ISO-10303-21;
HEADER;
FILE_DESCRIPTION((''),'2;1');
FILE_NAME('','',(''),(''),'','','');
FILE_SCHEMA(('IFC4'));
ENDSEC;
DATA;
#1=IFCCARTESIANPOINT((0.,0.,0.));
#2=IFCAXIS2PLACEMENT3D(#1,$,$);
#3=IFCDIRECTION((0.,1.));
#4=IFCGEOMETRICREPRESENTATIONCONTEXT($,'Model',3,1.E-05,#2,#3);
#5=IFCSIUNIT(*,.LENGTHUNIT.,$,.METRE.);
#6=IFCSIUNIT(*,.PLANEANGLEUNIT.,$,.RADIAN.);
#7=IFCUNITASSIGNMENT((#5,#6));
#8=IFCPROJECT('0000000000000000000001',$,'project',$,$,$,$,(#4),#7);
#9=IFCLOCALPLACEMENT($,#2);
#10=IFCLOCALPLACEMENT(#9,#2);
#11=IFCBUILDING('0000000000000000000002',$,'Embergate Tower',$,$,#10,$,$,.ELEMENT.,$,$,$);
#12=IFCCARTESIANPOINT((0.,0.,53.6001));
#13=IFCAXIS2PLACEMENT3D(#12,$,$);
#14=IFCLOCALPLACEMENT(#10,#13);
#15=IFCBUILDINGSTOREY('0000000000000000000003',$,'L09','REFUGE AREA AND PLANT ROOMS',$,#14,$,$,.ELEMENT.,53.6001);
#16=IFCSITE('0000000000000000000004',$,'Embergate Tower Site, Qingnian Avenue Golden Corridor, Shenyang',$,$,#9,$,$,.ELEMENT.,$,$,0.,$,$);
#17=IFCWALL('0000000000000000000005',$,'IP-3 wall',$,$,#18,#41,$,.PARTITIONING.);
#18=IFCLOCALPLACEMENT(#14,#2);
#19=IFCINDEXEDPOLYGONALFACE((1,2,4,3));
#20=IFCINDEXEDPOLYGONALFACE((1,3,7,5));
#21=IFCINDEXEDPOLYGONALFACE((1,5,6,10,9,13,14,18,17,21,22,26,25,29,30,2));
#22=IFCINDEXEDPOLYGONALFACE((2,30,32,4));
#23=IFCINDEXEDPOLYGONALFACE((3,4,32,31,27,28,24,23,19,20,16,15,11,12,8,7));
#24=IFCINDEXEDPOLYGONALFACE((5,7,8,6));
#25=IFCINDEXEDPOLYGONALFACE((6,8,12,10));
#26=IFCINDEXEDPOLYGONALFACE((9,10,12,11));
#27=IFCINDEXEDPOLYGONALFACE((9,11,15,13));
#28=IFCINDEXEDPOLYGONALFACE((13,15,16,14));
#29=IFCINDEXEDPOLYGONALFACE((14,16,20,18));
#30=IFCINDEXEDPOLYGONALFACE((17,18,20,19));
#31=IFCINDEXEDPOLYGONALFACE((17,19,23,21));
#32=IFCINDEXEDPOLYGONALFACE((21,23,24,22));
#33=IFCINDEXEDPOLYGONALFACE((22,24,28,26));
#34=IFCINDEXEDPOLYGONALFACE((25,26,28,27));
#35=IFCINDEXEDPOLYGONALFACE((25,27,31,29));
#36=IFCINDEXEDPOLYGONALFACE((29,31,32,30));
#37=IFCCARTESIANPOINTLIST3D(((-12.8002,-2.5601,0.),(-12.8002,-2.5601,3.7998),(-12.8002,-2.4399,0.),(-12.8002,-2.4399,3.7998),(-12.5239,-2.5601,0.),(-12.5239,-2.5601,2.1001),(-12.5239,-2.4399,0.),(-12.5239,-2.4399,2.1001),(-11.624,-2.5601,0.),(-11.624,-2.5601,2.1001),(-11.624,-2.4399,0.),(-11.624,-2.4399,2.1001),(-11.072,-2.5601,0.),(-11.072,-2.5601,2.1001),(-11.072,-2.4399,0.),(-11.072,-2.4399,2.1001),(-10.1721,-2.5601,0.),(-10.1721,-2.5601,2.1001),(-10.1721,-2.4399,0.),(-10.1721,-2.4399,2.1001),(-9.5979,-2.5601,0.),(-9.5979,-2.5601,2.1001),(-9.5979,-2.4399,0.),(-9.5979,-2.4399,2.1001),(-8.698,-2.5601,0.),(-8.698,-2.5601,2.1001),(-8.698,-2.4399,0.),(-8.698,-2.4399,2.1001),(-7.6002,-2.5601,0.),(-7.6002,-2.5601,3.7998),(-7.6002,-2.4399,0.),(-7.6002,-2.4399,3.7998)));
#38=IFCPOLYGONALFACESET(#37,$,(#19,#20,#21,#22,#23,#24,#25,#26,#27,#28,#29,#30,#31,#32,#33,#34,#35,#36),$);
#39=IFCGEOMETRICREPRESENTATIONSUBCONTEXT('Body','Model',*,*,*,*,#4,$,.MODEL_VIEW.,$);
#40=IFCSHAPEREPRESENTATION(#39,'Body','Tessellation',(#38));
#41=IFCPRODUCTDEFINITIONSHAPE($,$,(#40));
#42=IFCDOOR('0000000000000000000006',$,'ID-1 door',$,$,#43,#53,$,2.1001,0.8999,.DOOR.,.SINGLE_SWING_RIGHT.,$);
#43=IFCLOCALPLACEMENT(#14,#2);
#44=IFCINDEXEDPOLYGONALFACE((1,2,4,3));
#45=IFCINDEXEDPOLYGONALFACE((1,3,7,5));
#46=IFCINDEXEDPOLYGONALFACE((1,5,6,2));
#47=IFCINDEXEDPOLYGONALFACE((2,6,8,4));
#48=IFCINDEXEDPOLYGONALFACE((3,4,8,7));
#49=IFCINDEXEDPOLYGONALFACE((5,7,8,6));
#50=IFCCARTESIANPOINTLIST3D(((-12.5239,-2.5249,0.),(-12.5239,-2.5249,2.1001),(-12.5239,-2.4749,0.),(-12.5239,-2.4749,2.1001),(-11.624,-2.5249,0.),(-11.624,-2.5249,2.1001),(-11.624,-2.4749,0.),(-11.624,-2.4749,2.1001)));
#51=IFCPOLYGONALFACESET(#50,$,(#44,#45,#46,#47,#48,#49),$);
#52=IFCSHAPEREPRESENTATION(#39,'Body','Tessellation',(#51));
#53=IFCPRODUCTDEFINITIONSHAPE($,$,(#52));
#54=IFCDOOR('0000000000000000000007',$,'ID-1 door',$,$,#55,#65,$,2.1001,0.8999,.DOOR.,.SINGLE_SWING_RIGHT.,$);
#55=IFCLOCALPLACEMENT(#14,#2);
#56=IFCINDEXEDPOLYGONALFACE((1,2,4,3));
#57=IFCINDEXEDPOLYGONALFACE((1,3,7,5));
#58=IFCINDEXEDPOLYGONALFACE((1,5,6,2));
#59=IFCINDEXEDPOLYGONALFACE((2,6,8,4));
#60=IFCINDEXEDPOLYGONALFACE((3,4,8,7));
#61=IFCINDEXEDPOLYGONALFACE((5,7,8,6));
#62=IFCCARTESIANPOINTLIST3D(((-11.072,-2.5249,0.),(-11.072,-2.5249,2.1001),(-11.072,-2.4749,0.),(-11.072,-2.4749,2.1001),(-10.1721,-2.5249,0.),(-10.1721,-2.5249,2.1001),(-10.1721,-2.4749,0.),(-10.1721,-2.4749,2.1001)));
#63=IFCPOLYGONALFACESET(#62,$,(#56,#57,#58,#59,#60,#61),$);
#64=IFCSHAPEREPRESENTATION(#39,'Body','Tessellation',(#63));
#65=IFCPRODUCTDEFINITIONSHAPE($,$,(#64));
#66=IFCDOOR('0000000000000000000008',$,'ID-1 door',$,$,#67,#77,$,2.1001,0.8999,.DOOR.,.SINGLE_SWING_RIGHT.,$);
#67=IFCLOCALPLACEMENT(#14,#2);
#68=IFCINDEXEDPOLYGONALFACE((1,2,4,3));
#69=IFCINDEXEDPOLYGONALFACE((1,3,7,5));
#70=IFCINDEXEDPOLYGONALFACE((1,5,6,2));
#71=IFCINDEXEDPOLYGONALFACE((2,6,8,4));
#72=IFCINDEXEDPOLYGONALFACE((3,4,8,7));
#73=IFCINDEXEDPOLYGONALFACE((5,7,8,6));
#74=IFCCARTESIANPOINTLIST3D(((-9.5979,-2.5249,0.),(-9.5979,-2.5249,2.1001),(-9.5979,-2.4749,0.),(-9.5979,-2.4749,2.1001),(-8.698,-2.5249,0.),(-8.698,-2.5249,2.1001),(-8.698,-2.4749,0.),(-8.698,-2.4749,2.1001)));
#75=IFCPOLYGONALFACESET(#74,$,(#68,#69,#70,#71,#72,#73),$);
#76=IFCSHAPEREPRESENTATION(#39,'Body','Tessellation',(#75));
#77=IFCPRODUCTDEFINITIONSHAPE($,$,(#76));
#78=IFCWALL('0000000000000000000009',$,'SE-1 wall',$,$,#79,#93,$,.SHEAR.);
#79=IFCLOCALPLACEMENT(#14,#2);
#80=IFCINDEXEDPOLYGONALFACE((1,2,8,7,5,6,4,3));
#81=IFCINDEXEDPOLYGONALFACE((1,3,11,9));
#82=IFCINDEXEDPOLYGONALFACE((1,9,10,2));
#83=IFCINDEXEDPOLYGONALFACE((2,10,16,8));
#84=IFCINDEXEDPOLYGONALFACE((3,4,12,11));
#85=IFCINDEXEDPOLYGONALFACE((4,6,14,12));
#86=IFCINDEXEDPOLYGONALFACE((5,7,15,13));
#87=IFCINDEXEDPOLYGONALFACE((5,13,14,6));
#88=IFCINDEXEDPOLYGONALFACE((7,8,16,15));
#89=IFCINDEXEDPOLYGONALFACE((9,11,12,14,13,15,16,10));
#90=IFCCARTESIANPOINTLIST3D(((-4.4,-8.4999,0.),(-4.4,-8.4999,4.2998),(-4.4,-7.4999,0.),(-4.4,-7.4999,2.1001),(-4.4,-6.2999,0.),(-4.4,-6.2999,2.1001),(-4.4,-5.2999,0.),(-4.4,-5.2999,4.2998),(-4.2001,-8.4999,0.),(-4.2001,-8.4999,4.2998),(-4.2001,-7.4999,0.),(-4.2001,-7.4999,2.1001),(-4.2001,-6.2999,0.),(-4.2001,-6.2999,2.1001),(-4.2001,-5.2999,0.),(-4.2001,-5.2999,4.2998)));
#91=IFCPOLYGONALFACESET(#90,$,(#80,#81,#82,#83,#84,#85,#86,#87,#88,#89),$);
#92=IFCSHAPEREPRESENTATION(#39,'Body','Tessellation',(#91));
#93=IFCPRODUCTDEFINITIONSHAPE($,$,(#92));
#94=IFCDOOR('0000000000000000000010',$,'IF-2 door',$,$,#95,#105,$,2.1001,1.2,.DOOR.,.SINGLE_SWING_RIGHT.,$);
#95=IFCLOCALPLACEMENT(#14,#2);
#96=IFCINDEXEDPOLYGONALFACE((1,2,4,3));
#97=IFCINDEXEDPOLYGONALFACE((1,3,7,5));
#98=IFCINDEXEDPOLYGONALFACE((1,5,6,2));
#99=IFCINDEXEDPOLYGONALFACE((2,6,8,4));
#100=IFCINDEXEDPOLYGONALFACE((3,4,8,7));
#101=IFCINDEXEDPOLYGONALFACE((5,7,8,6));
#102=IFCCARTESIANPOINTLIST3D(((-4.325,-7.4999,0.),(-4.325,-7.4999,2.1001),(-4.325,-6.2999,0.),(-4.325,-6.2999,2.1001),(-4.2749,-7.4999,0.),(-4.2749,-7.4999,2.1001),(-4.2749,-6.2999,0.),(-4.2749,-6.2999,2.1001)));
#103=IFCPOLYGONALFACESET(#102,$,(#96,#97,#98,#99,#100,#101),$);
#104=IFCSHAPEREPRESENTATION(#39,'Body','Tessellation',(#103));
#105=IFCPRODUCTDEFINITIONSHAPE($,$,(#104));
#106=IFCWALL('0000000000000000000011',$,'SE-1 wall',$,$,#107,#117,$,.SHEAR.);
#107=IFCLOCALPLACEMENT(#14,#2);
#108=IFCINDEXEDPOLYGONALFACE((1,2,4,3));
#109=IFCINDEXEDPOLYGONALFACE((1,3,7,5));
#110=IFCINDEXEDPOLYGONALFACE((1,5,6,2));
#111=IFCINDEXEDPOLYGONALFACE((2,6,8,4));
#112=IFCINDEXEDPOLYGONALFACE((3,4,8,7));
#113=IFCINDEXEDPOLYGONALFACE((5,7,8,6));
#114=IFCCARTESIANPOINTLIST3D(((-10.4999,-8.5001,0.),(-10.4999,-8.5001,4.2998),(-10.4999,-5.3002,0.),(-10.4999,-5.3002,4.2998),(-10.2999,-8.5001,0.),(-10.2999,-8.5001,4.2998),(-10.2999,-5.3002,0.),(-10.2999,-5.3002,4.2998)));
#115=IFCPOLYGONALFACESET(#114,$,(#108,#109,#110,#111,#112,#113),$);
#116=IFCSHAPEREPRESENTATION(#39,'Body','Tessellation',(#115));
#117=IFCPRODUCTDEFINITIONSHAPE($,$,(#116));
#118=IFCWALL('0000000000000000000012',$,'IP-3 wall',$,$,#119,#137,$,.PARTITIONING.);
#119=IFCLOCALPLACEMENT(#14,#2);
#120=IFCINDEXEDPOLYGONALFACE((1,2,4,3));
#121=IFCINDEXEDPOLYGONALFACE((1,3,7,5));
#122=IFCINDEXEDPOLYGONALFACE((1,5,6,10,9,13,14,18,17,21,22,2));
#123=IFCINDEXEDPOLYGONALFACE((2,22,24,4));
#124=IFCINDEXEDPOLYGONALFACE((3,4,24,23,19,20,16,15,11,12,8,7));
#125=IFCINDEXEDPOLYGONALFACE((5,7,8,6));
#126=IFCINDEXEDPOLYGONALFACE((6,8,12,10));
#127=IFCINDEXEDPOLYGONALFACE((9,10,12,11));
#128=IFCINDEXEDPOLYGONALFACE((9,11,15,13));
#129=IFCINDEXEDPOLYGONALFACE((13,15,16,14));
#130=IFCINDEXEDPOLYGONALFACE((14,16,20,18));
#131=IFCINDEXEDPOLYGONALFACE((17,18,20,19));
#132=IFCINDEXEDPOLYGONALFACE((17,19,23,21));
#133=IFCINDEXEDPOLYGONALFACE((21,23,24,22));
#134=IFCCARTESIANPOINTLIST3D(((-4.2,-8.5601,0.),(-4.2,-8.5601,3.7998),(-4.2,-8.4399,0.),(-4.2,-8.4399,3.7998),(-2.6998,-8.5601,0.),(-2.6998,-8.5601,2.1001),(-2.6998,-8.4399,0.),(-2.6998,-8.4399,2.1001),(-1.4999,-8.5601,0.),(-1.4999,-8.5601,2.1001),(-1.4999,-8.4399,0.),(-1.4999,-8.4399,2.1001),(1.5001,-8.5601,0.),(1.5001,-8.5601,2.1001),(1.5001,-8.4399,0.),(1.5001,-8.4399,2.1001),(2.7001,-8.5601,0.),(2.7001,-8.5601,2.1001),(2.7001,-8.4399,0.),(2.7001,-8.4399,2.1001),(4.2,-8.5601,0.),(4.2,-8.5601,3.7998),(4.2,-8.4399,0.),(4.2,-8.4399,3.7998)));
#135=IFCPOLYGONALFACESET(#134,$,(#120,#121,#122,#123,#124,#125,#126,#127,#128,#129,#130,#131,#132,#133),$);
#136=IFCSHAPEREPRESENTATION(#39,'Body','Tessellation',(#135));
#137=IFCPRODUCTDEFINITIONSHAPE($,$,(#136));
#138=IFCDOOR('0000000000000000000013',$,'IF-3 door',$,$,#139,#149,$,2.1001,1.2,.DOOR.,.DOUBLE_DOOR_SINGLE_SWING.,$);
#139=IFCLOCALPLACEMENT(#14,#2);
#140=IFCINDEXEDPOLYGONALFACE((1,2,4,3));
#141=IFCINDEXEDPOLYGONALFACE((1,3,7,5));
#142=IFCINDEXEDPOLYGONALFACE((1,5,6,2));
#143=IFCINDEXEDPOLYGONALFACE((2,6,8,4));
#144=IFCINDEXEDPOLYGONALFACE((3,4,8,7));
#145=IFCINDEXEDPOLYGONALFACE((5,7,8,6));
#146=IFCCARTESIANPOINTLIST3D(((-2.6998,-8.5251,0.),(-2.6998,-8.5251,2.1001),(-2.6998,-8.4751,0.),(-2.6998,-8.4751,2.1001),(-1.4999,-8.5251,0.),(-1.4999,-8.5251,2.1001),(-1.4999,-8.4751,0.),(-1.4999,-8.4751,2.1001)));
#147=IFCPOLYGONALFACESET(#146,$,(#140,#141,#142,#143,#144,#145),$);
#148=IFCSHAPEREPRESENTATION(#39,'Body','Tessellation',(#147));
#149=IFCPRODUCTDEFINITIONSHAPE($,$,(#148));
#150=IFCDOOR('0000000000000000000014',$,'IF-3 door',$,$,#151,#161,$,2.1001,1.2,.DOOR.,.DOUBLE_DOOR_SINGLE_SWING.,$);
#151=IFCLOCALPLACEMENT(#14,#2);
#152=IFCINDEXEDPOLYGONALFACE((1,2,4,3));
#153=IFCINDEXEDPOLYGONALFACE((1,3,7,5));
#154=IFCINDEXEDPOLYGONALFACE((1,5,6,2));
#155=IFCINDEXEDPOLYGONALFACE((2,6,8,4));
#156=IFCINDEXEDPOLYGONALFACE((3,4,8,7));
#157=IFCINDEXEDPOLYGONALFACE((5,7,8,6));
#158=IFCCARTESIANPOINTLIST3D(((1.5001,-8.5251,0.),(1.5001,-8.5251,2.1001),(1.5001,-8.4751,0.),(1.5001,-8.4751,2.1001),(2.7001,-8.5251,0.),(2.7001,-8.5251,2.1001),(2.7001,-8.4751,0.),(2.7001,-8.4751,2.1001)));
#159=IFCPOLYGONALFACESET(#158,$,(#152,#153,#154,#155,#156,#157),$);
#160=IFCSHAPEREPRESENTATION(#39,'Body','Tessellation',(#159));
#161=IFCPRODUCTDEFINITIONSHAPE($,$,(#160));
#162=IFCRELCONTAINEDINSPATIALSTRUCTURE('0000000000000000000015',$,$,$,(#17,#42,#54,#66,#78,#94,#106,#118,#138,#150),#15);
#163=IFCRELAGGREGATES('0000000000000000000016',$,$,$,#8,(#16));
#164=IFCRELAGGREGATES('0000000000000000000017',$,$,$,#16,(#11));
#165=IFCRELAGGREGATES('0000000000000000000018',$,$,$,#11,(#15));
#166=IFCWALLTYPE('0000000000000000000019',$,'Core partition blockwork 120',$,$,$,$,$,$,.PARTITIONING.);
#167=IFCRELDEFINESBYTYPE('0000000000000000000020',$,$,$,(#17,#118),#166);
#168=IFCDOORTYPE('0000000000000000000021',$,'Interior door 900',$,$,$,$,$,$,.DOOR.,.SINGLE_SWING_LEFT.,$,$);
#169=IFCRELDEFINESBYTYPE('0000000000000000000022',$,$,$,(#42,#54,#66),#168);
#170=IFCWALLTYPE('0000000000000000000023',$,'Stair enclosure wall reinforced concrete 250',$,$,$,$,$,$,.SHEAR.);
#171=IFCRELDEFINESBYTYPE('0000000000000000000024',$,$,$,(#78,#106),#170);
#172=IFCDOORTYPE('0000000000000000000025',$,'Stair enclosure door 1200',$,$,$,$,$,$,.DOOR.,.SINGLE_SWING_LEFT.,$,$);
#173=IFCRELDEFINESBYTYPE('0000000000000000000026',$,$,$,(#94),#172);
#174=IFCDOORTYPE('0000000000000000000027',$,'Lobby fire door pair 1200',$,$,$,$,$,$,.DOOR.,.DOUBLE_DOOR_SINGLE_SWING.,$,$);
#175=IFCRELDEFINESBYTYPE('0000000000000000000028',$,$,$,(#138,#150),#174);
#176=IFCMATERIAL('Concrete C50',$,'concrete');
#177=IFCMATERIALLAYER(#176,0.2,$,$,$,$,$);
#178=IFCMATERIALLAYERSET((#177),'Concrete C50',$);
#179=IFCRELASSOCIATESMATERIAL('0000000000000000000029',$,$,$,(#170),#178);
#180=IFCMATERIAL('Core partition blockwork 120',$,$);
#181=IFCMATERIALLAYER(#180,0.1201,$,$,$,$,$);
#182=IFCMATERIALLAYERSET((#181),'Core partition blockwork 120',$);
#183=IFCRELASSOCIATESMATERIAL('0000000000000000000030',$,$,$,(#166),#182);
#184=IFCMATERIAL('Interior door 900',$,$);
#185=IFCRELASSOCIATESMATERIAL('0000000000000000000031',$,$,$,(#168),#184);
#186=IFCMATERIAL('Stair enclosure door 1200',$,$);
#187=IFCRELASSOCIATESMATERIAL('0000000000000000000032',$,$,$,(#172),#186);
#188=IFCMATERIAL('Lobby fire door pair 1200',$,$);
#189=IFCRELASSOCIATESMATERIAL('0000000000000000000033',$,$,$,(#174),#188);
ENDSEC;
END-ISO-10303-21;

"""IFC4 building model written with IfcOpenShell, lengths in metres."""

from ifc_helpers import new_model, si_unit, direction, frame, frame_2d, origin, place, context, subcontext, project, spatial, rectangle, extrude, source, transform, mapped, material, layer, layer_set, type_object, element, fill, save


model = new_model("IFC4")

# Units and contexts
model_context = context("Model", 3, precision=1e-05, world=origin(), true_north=direction((0.0, 1.0)))
body_context = subcontext(model_context, "Body", "Model", "MODEL_VIEW")
ifc_project = project(units=[si_unit("LENGTHUNIT", "METRE"), si_unit("PLANEANGLEUNIT", "RADIAN")], contexts=[model_context])

# Site, building, storey
site_placement = place(None, origin())
site = spatial("IfcSite", under=ifc_project, at=site_placement, Name="Embergate Tower Site, Qingnian Avenue Golden Corridor, Shenyang", CompositionType="ELEMENT", RefElevation=0.0)
building_placement = place(site_placement, origin())
building = spatial("IfcBuilding", under=site, at=building_placement, Name="Embergate Tower", CompositionType="ELEMENT")
storey_placement = place(building_placement, frame((0.0, 0.0, 53.6001)))
storey = spatial("IfcBuildingStorey", under=building, at=storey_placement, Name="L09", Description="REFUGE AREA AND PLANT ROOMS", CompositionType="ELEMENT", Elevation=53.6001)

# Shared definitions
ifc_material_1 = material(Name="Concrete C50", Category="concrete")
ifc_layer_1 = layer(ifc_material_1, 0.2)
ifc_layer_set_1 = layer_set([ifc_layer_1], Name="Concrete C50")
wall_type_1 = type_object("IfcWallType", Name="Stair enclosure wall reinforced concrete 250", PredefinedType="SHEAR", material=ifc_layer_set_1)

# Shared definitions
ifc_material_2 = material(Name="Core partition blockwork 120")
ifc_layer_2 = layer(ifc_material_2, 0.1201)
ifc_layer_set_2 = layer_set([ifc_layer_2], Name="Core partition blockwork 120")
wall_type_2 = type_object("IfcWallType", Name="Core partition blockwork 120", PredefinedType="PARTITIONING", material=ifc_layer_set_2)
shared_shape_1 = source(origin(), body_context, "Body", "SweptSolid", [
    extrude(rectangle(XDim=0.8999, YDim=2.1001, at=frame_2d((0.45, 1.05))), frame((0.0, 0.0701, 0.0), z_axis=(0.0, -1.0, 0.0), x_axis=(1.0, 0.0, 0.0)), (0.0, 0.0, 1.0), 0.1401),
])
ifc_material_3 = material(Name="Interior door 900")
door_type_1 = type_object("IfcDoorType", Name="Interior door 900", OperationType="SINGLE_SWING_LEFT", PredefinedType="DOOR", material=ifc_material_3)
shared_shape_2 = source(origin(), body_context, "Body", "SweptSolid", [
    extrude(rectangle(XDim=0.8999, YDim=2.1001, at=frame_2d((0.45, 1.05))), frame((0.0, 0.0249, 0.0), z_axis=(0.0, -1.0, 0.0), x_axis=(1.0, 0.0, 0.0)), (0.0, 0.0, 1.0), 0.05),
])

# Wall, openings, doors
shared_shape_3 = source(origin(), body_context, "Body", "SweptSolid", [
    extrude(rectangle(XDim=5.2, YDim=0.1201, at=frame_2d((2.6001, 0.0))), origin(), (0.0, 0.0, 1.0), 3.7998),
])
wall_1_placement = place(storey_placement, frame((-7.6001, -2.5, 0.0), z_axis=(0.0, 0.0, 1.0), x_axis=(-1.0, 0.0, 0.0)))
wall_1 = element("IfcWall", 1, at=wall_1_placement, inside=storey, type_object=wall_type_2, Name="IP-3 wall", PredefinedType="PARTITIONING", context=body_context, shape_type="MappedRepresentation", body=[
    mapped(shared_shape_3, transform((0.0, 0.0, 0.0))),
])
opening_1_placement = place(wall_1_placement, frame((4.0239, 0.0, 0.0)))
opening_1 = element("IfcOpeningElement", 2, at=opening_1_placement, cuts=wall_1, PredefinedType="OPENING", context=body_context, shape_type="MappedRepresentation", body=[
    mapped(shared_shape_1, transform((0.0, 0.0, 0.0))),
])
opening_2_placement = place(wall_1_placement, frame((2.572, 0.0, 0.0)))
opening_2 = element("IfcOpeningElement", 3, at=opening_2_placement, cuts=wall_1, PredefinedType="OPENING", context=body_context, shape_type="MappedRepresentation", body=[
    mapped(shared_shape_1, transform((0.0, 0.0, 0.0))),
])
opening_3_placement = place(wall_1_placement, frame((1.0979, 0.0, 0.0)))
opening_3 = element("IfcOpeningElement", 4, at=opening_3_placement, cuts=wall_1, PredefinedType="OPENING", context=body_context, shape_type="MappedRepresentation", body=[
    mapped(shared_shape_1, transform((0.0, 0.0, 0.0))),
])
door_1_placement = place(opening_1_placement, origin())
door_1 = element("IfcDoor", 5, at=door_1_placement, inside=storey, type_object=door_type_1, Name="ID-1 door", OperationType="SINGLE_SWING_RIGHT", OverallHeight=2.1001, OverallWidth=0.8999, PredefinedType="DOOR", context=body_context, shape_type="MappedRepresentation", body=[
    mapped(shared_shape_2, transform((0.0, 0.0, 0.0))),
])
fill(opening_1, door_1)
door_2_placement = place(opening_2_placement, origin())
door_2 = element("IfcDoor", 6, at=door_2_placement, inside=storey, type_object=door_type_1, Name="ID-1 door", OperationType="SINGLE_SWING_RIGHT", OverallHeight=2.1001, OverallWidth=0.8999, PredefinedType="DOOR", context=body_context, shape_type="MappedRepresentation", body=[
    mapped(shared_shape_2, transform((0.0, 0.0, 0.0))),
])
fill(opening_2, door_2)
door_3_placement = place(opening_3_placement, origin())
door_3 = element("IfcDoor", 7, at=door_3_placement, inside=storey, type_object=door_type_1, Name="ID-1 door", OperationType="SINGLE_SWING_RIGHT", OverallHeight=2.1001, OverallWidth=0.8999, PredefinedType="DOOR", context=body_context, shape_type="MappedRepresentation", body=[
    mapped(shared_shape_2, transform((0.0, 0.0, 0.0))),
])
fill(opening_3, door_3)

# Wall, opening, door
shared_shape_4 = source(origin(), body_context, "Body", "SweptSolid", [
    extrude(rectangle(XDim=3.2, YDim=0.2, at=frame_2d((1.6001, 0.0))), origin(), (0.0, 0.0, 1.0), 4.2998),
])
wall_2_placement = place(storey_placement, frame((-4.3, -8.5, 0.0), z_axis=(0.0, 0.0, 1.0), x_axis=(0.0, 1.0, 0.0)))
wall_2 = element("IfcWall", 8, at=wall_2_placement, inside=storey, type_object=wall_type_1, Name="SE-1 wall", PredefinedType="SHEAR", context=body_context, shape_type="MappedRepresentation", body=[
    mapped(shared_shape_4, transform((0.0, 0.0, 0.0))),
])
shared_shape_5 = source(origin(), body_context, "Body", "SweptSolid", [
    extrude(rectangle(XDim=1.2, YDim=2.1001, at=frame_2d((0.6001, 1.05))), frame((0.0, 0.1099, 0.0), z_axis=(0.0, -1.0, 0.0), x_axis=(1.0, 0.0, 0.0)), (0.0, 0.0, 1.0), 0.22),
])
opening_4_placement = place(wall_2_placement, frame((1.0, 0.0, 0.0)))
opening_4 = element("IfcOpeningElement", 9, at=opening_4_placement, cuts=wall_2, PredefinedType="OPENING", context=body_context, shape_type="MappedRepresentation", body=[
    mapped(shared_shape_5, transform((0.0, 0.0, 0.0))),
])
ifc_material_4 = material(Name="Stair enclosure door 1200")
door_type_2 = type_object("IfcDoorType", Name="Stair enclosure door 1200", OperationType="SINGLE_SWING_LEFT", PredefinedType="DOOR", material=ifc_material_4)
shared_shape_6 = source(origin(), body_context, "Body", "SweptSolid", [
    extrude(rectangle(XDim=1.2, YDim=2.1001, at=frame_2d((0.6001, 1.05))), frame((0.0, 0.0249, 0.0), z_axis=(0.0, -1.0, 0.0), x_axis=(1.0, 0.0, 0.0)), (0.0, 0.0, 1.0), 0.05),
])
door_4_placement = place(opening_4_placement, origin())
door_4 = element("IfcDoor", 10, at=door_4_placement, inside=storey, type_object=door_type_2, Name="IF-2 door", OperationType="SINGLE_SWING_RIGHT", OverallHeight=2.1001, OverallWidth=1.2, PredefinedType="DOOR", context=body_context, shape_type="MappedRepresentation", body=[
    mapped(shared_shape_6, transform((0.0, 0.0, 0.0))),
])
fill(opening_4, door_4)

# Wall
wall_3_placement = place(storey_placement, frame((-10.3999, -5.3, 0.0), z_axis=(0.0, 0.0, 1.0), x_axis=(0.0, -1.0, 0.0)))
element("IfcWall", 11, at=wall_3_placement, inside=storey, type_object=wall_type_1, Name="SE-1 wall", PredefinedType="SHEAR", context=body_context, shape_type="MappedRepresentation", body=[
    mapped(shared_shape_4, transform((0.0, 0.0, 0.0))),
])

# Wall, openings, doors
shared_shape_7 = source(origin(), body_context, "Body", "SweptSolid", [
    extrude(rectangle(XDim=8.3999, YDim=0.1201, at=frame_2d((4.2, 0.0))), origin(), (0.0, 0.0, 1.0), 3.7998),
])
wall_4_placement = place(storey_placement, frame((-4.2, -8.5, 0.0), z_axis=(0.0, 0.0, 1.0), x_axis=(1.0, 0.0, 0.0)))
wall_4 = element("IfcWall", 12, at=wall_4_placement, inside=storey, type_object=wall_type_2, Name="IP-3 wall", PredefinedType="PARTITIONING", context=body_context, shape_type="MappedRepresentation", body=[
    mapped(shared_shape_7, transform((0.0, 0.0, 0.0))),
])
shared_shape_8 = source(origin(), body_context, "Body", "SweptSolid", [
    extrude(rectangle(XDim=1.2, YDim=2.1001, at=frame_2d((0.6001, 1.05))), frame((0.0, 0.0701, 0.0), z_axis=(0.0, -1.0, 0.0), x_axis=(1.0, 0.0, 0.0)), (0.0, 0.0, 1.0), 0.1401),
])
opening_5_placement = place(wall_4_placement, frame((1.5, 0.0, 0.0)))
opening_5 = element("IfcOpeningElement", 13, at=opening_5_placement, cuts=wall_4, PredefinedType="OPENING", context=body_context, shape_type="MappedRepresentation", body=[
    mapped(shared_shape_8, transform((0.0, 0.0, 0.0))),
])
opening_6_placement = place(wall_4_placement, frame((5.7, 0.0, 0.0)))
opening_6 = element("IfcOpeningElement", 14, at=opening_6_placement, cuts=wall_4, PredefinedType="OPENING", context=body_context, shape_type="MappedRepresentation", body=[
    mapped(shared_shape_8, transform((0.0, 0.0, 0.0))),
])
ifc_material_5 = material(Name="Lobby fire door pair 1200")
door_type_3 = type_object("IfcDoorType", Name="Lobby fire door pair 1200", OperationType="DOUBLE_DOOR_SINGLE_SWING", PredefinedType="DOOR", material=ifc_material_5)
door_5_placement = place(opening_5_placement, origin())
door_5 = element("IfcDoor", 15, at=door_5_placement, inside=storey, type_object=door_type_3, Name="IF-3 door", OperationType="DOUBLE_DOOR_SINGLE_SWING", OverallHeight=2.1001, OverallWidth=1.2, PredefinedType="DOOR", context=body_context, shape_type="MappedRepresentation", body=[
    mapped(shared_shape_6, transform((0.0, 0.0, 0.0))),
])
fill(opening_5, door_5)
door_6_placement = place(opening_6_placement, origin())
door_6 = element("IfcDoor", 16, at=door_6_placement, inside=storey, type_object=door_type_3, Name="IF-3 door", OperationType="DOUBLE_DOOR_SINGLE_SWING", OverallHeight=2.1001, OverallWidth=1.2, PredefinedType="DOOR", context=body_context, shape_type="MappedRepresentation", body=[
    mapped(shared_shape_6, transform((0.0, 0.0, 0.0))),
])
fill(opening_6, door_6)

save(model, "model.ifc")
